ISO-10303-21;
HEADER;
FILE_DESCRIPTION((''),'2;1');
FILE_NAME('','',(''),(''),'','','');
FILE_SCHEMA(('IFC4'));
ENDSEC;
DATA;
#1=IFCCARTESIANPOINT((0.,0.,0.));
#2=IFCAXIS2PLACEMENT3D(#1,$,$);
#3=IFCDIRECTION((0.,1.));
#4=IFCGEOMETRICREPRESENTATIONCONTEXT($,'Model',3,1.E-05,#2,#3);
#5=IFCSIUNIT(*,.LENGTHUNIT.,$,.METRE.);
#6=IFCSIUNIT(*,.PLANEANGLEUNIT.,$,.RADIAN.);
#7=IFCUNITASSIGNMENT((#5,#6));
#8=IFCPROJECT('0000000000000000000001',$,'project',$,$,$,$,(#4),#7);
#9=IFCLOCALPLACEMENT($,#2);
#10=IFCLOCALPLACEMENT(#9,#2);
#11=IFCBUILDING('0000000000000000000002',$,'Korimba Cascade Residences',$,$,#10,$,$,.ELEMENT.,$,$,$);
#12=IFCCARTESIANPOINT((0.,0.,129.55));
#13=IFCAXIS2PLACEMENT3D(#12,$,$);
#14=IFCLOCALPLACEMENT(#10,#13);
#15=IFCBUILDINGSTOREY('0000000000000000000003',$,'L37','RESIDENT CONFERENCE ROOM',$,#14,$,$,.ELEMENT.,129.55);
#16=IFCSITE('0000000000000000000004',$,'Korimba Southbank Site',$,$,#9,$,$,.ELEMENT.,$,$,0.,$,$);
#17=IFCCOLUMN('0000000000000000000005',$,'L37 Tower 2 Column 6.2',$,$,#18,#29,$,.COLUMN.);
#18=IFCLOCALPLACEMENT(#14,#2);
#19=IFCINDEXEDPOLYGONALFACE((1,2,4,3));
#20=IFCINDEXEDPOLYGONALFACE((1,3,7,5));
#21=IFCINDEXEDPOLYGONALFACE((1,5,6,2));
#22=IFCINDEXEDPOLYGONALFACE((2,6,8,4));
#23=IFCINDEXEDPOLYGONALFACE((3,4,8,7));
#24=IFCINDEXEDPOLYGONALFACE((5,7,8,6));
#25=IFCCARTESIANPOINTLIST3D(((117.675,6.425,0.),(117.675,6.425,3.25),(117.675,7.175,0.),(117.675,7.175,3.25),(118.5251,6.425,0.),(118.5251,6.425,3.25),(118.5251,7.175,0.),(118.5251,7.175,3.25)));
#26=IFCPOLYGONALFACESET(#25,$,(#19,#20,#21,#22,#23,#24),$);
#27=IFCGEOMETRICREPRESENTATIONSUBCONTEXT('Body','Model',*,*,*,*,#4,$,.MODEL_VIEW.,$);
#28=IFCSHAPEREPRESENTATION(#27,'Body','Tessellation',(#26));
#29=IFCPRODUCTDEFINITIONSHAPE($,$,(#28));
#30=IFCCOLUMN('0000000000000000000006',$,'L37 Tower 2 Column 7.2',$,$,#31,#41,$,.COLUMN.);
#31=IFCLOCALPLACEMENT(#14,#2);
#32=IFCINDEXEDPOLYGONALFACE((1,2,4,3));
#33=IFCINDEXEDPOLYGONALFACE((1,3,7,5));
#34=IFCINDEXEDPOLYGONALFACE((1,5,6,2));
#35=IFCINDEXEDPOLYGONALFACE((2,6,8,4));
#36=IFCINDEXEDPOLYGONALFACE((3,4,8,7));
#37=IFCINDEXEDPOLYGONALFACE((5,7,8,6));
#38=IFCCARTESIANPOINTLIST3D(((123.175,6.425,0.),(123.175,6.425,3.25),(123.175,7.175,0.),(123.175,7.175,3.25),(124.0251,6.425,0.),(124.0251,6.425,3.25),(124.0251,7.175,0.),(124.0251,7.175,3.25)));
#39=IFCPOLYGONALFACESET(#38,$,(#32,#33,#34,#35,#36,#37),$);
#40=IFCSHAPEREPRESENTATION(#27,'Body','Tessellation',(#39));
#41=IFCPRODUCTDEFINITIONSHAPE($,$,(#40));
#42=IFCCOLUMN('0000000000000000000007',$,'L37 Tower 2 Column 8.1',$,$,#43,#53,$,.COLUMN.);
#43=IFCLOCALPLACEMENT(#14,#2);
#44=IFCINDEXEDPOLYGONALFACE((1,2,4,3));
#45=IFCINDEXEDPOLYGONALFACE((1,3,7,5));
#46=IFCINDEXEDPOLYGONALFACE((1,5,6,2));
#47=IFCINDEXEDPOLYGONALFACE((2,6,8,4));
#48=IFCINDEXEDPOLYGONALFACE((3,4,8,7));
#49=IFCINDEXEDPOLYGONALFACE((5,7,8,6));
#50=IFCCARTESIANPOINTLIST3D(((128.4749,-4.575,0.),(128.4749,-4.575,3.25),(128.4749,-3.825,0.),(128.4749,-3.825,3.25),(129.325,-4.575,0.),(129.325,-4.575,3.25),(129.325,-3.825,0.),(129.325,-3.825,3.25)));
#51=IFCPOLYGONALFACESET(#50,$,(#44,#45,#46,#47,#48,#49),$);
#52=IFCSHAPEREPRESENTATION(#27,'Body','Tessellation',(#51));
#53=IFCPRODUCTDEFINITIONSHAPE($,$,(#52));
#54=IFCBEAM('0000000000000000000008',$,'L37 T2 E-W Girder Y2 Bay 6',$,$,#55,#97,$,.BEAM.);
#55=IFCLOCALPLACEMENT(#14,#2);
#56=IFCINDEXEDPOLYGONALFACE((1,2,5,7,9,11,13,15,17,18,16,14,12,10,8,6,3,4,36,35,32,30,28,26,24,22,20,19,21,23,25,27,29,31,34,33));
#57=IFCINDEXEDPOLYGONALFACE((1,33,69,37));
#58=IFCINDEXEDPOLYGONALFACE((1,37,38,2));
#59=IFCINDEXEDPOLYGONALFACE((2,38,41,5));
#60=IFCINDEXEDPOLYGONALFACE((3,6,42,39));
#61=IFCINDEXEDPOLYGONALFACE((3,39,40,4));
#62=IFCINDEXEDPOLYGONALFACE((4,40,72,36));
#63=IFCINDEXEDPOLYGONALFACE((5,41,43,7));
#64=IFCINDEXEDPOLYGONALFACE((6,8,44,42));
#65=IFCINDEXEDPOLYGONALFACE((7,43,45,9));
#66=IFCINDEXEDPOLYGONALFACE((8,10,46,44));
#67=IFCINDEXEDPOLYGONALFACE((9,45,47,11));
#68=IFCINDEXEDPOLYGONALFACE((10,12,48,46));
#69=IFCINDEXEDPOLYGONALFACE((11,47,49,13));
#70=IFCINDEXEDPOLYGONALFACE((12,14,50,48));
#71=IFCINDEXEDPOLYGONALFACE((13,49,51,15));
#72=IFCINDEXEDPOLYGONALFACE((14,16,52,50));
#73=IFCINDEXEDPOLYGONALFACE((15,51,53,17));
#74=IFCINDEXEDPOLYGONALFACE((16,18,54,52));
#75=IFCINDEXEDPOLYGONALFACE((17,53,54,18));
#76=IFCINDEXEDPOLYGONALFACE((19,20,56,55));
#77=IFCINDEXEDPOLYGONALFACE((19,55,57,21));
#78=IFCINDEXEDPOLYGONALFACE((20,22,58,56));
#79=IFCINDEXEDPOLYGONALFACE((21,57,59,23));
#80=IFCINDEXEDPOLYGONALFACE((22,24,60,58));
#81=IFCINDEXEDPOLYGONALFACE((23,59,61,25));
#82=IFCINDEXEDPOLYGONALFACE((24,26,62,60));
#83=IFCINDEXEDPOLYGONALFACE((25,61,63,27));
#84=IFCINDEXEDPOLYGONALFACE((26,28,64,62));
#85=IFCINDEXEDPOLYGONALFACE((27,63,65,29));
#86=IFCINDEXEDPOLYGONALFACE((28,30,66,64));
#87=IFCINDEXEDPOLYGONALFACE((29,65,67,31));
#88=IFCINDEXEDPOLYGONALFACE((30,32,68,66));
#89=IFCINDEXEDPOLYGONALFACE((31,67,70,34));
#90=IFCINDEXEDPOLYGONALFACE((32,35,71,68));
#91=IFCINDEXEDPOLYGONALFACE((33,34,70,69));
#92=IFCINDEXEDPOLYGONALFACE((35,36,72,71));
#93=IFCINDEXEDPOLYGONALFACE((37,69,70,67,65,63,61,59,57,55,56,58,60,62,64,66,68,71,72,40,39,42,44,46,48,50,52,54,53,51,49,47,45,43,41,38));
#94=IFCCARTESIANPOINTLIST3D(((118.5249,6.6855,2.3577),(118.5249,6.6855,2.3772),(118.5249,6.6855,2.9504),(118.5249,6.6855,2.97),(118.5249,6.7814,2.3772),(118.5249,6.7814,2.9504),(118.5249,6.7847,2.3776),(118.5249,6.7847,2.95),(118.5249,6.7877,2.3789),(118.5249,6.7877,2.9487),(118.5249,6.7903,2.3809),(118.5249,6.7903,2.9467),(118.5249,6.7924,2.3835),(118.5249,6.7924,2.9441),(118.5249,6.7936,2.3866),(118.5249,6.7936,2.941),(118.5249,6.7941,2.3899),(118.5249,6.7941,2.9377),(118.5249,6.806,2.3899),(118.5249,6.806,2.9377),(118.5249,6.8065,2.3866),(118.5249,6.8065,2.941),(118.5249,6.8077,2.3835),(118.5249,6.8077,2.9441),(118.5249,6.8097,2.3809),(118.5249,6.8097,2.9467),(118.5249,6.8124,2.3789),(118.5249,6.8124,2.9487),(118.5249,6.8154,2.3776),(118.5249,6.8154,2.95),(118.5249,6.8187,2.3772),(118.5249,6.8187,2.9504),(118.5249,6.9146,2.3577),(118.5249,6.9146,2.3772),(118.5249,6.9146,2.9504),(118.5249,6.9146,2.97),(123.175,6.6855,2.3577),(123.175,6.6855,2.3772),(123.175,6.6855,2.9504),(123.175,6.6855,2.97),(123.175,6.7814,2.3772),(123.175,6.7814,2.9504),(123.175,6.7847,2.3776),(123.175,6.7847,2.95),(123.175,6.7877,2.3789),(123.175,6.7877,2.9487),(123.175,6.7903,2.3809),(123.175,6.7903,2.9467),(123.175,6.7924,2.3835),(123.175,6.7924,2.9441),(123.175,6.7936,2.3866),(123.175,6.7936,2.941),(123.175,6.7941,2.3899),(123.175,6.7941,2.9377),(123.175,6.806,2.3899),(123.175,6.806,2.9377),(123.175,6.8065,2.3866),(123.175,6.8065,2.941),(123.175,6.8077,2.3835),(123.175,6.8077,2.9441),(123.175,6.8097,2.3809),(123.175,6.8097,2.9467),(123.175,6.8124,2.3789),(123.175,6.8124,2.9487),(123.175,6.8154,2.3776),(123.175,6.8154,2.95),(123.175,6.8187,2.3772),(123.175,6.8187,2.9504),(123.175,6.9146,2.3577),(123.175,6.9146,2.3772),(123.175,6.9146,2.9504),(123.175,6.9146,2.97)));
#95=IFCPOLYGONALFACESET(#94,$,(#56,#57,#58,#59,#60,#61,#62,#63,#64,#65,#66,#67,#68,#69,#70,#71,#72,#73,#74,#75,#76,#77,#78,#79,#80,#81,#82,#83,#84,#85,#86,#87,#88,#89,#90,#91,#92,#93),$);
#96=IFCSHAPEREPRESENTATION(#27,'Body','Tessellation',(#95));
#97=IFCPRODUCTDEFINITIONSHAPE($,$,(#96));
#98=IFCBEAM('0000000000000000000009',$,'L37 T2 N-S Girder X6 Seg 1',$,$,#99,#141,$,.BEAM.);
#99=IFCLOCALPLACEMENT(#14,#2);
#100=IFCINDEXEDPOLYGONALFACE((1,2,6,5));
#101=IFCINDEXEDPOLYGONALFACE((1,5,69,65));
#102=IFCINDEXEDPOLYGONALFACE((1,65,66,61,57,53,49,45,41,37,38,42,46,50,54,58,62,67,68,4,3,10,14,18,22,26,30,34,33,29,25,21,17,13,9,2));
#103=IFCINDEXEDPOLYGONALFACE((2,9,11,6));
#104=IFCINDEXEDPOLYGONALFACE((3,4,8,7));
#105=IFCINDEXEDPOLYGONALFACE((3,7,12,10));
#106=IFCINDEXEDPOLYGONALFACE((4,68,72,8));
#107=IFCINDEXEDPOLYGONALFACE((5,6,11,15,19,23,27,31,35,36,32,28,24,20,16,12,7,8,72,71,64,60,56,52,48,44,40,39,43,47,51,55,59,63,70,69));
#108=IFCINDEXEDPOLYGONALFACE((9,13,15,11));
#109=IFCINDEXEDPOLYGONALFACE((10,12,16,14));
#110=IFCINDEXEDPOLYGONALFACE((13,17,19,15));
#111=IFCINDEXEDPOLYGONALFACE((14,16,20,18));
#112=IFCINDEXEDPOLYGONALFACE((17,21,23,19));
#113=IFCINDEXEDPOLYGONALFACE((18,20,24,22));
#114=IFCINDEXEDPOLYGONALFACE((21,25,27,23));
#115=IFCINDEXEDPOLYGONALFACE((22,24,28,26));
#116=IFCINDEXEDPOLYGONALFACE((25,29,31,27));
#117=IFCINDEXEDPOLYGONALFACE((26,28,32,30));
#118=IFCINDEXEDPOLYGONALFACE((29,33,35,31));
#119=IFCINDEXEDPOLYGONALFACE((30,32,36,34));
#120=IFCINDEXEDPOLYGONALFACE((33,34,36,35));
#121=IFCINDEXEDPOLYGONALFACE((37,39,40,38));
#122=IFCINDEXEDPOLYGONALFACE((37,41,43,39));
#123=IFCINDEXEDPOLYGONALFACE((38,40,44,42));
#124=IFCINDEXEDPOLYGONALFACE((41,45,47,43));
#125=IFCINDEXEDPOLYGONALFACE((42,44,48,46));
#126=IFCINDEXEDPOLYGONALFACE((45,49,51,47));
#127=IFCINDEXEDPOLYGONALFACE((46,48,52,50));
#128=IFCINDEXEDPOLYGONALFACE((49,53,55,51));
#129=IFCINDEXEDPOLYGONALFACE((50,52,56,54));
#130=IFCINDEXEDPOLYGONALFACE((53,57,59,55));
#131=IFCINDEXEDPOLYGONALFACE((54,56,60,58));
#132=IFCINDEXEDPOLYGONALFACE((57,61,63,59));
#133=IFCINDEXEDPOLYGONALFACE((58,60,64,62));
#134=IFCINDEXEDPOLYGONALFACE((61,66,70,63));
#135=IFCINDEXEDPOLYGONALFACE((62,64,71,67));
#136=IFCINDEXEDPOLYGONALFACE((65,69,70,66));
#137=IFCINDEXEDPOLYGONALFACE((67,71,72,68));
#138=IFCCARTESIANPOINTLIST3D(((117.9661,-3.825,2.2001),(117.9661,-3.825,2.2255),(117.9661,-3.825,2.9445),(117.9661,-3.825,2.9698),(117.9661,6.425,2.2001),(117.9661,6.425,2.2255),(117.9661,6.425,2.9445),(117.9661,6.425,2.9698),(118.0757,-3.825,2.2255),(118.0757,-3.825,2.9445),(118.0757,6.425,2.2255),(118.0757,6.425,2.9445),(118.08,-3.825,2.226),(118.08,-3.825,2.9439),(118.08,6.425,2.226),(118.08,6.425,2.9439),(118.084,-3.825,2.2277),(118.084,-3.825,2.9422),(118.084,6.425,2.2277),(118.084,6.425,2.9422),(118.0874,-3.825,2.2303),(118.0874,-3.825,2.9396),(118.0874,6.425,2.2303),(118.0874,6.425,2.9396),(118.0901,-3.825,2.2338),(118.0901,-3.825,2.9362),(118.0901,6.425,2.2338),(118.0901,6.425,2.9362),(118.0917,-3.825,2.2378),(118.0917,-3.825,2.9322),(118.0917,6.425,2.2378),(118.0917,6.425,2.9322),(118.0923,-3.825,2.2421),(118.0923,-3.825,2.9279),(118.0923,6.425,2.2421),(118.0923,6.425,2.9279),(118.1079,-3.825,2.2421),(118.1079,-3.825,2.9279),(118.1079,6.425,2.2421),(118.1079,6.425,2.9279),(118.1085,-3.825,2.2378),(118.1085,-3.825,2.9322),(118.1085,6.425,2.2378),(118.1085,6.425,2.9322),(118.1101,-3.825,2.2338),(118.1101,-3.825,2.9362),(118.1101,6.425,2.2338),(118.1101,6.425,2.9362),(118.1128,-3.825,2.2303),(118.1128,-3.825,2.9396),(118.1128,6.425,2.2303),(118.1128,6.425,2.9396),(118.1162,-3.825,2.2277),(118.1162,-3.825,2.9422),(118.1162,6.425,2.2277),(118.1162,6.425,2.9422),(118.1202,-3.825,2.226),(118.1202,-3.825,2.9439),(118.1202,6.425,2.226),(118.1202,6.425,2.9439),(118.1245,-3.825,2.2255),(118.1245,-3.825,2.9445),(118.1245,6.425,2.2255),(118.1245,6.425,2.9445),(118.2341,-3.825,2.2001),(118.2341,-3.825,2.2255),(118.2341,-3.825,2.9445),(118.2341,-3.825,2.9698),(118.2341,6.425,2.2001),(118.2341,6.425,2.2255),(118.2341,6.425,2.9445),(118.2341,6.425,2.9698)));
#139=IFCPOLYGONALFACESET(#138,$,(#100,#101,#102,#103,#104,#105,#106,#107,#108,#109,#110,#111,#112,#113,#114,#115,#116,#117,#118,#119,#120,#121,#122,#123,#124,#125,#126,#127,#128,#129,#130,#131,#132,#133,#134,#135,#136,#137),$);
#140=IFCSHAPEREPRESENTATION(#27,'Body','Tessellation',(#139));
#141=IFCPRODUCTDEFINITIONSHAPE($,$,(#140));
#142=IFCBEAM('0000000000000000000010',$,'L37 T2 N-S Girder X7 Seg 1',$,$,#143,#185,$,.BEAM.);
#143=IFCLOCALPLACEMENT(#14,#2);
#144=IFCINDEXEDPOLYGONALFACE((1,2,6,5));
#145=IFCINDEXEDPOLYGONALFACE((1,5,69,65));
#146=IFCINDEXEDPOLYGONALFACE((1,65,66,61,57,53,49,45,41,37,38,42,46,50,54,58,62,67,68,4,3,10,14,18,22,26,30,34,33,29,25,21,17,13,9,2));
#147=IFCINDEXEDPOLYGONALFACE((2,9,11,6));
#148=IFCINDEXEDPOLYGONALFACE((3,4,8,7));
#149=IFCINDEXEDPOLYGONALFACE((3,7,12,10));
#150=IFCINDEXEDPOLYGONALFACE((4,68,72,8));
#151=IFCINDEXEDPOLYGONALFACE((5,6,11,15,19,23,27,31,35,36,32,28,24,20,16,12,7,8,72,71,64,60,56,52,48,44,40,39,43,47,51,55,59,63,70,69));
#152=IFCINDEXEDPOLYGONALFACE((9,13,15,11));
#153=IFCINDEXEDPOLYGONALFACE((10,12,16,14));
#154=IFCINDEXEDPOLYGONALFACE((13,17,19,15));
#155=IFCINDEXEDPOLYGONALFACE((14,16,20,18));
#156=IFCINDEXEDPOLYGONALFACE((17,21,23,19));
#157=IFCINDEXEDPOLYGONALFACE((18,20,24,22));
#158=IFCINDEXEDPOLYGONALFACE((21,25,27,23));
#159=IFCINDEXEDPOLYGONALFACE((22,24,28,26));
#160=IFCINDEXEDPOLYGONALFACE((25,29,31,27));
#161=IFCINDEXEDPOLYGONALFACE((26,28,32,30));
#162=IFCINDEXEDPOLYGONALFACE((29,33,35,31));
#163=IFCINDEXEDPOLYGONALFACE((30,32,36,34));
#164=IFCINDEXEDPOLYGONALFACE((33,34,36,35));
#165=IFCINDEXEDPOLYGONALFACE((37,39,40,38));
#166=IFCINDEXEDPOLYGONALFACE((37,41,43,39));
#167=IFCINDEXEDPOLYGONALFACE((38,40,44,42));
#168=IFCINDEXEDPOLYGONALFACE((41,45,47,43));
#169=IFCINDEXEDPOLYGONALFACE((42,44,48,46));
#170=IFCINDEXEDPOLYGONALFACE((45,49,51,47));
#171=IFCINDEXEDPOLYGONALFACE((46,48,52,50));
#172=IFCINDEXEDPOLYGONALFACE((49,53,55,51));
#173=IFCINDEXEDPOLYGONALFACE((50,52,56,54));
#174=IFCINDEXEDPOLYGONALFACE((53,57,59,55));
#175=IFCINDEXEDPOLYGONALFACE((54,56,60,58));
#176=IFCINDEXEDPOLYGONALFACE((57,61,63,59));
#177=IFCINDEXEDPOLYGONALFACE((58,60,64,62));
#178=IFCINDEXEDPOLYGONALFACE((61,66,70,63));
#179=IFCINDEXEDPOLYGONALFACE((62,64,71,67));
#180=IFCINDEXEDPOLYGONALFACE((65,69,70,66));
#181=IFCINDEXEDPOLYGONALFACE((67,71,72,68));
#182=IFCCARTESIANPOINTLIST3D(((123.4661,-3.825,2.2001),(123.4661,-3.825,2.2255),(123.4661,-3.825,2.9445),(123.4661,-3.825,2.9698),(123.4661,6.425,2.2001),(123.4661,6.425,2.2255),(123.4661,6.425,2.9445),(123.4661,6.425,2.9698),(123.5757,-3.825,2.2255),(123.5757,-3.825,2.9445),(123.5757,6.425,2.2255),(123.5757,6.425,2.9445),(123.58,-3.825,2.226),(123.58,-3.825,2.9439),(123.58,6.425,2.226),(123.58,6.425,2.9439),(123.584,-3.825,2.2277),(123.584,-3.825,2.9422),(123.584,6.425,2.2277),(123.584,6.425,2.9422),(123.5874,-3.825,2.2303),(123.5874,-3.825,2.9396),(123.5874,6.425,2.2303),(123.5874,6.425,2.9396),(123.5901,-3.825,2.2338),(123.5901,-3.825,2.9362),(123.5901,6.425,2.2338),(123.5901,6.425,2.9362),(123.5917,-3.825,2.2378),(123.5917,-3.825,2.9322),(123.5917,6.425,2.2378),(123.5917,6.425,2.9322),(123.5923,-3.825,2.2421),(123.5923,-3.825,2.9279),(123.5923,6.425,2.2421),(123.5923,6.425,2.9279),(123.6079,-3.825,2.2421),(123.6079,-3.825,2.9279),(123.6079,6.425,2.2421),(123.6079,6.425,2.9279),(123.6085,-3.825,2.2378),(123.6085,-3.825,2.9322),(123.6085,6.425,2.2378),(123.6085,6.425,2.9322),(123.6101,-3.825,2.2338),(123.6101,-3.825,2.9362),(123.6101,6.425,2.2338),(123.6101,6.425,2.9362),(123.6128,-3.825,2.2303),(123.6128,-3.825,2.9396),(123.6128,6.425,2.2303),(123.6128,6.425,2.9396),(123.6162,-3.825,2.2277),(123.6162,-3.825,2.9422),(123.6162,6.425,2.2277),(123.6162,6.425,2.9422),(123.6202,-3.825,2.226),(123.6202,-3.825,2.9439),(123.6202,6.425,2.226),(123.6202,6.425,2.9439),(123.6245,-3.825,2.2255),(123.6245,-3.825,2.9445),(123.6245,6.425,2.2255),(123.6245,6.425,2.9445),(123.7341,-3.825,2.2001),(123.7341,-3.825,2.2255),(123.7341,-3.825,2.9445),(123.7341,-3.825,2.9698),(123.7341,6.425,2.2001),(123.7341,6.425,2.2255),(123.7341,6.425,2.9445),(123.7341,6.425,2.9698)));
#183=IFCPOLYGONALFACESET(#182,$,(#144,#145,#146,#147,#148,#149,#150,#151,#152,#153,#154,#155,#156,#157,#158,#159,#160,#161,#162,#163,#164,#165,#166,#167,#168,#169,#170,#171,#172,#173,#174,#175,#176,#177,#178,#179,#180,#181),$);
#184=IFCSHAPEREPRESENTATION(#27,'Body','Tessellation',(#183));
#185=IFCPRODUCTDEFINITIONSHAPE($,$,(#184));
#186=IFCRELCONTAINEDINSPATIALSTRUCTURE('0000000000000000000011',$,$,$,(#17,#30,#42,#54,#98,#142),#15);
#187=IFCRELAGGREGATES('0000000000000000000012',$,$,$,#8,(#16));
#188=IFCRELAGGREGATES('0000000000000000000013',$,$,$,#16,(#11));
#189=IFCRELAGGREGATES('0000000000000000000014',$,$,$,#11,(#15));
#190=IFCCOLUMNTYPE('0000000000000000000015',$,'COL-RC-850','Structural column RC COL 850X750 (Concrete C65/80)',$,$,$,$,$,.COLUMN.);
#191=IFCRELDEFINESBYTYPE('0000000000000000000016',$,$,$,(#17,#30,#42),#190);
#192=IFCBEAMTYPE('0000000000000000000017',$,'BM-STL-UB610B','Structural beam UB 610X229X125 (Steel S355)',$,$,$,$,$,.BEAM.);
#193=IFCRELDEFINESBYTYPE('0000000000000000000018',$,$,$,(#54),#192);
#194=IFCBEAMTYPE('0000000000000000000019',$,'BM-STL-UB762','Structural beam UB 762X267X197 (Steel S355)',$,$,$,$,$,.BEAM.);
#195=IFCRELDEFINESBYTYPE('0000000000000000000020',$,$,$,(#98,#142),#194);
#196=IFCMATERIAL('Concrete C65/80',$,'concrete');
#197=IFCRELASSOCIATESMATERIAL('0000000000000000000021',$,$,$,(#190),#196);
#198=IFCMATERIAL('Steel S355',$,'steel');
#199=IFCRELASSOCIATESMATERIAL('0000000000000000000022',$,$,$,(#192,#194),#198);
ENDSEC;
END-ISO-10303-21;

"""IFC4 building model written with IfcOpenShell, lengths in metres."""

from ifc_helpers import new_model, si_unit, direction, frame, origin, origin_2d, place, context, subcontext, project, spatial, rectangle, i_section, extrude, material, material_profile, profile_set, type_object, element, save


model = new_model("IFC4")

# Units and contexts
model_context = context("Model", 3, precision=1e-05, world=origin(), true_north=direction((0.0, 1.0)))
body_context = subcontext(model_context, "Body", "Model", "MODEL_VIEW")
ifc_project = project(units=[si_unit("LENGTHUNIT", "METRE"), si_unit("PLANEANGLEUNIT", "RADIAN")], contexts=[model_context])

# Site, building, storey
site_placement = place(None, origin())
site = spatial("IfcSite", under=ifc_project, at=site_placement, Name="Korimba Southbank Site", CompositionType="ELEMENT", RefElevation=0.0)
building_placement = place(site_placement, origin())
building = spatial("IfcBuilding", under=site, at=building_placement, Name="Korimba Cascade Residences", CompositionType="ELEMENT")
storey_placement = place(building_placement, frame((0.0, 0.0, 129.55)))
storey = spatial("IfcBuildingStorey", under=building, at=storey_placement, Name="L37", Description="RESIDENT CONFERENCE ROOM", CompositionType="ELEMENT", Elevation=129.55)

# Columns
ifc_material_1 = material(Name="Concrete C65/80", Category="concrete")
ifc_material_profile_1 = material_profile(ifc_material_1, rectangle(XDim=0.8501, YDim=0.75, at=origin_2d()), Name="Concrete C65/80")
ifc_profile_set_1 = profile_set([ifc_material_profile_1], Name="Concrete C65/80")
column_type = type_object("IfcColumnType", Name="COL-RC-850", Description="Structural column RC COL 850X750 (Concrete C65/80)", PredefinedType="COLUMN", material=ifc_profile_set_1)
for number, where, z_axis, x_axis, name in (
    (1, (118.1001, 6.8, 0.0), (0.0, 0.0, 1.0), (1.0, 0.0, 0.0), "L37 Tower 2 Column 6.2"),
    (2, (123.6001, 6.8, 0.0), (0.0, 0.0, 1.0), (1.0, 0.0, 0.0), "L37 Tower 2 Column 7.2"),
    (3, (128.8999, -4.2, 0.0), (0.0, 0.0, 1.0), (1.0, 0.0, 0.0), "L37 Tower 2 Column 8.1"),
):
    element("IfcColumn", number, at=place(storey_placement, frame(where, z_axis=z_axis, x_axis=x_axis)), inside=storey, type_object=column_type, Name=name, PredefinedType="COLUMN", context=body_context, shape_type="SweptSolid", body=[
        extrude(rectangle(XDim=0.8501, YDim=0.75, at=origin_2d()), origin(), (0.0, 0.0, 1.0), 3.25),
    ])

# Beams
ifc_material_2 = material(Name="Steel S355", Category="steel")
ifc_material_profile_2 = material_profile(ifc_material_2, i_section(OverallWidth=0.229, OverallDepth=0.6123, WebThickness=0.012, FlangeThickness=0.0195, FilletRadius=0.0127, at=origin_2d()), Name="Steel S355")
ifc_profile_set_2 = profile_set([ifc_material_profile_2], Name="Steel S355")
beam_type_1 = type_object("IfcBeamType", Name="BM-STL-UB610B", Description="Structural beam UB 610X229X125 (Steel S355)", PredefinedType="BEAM", material=ifc_profile_set_2)
beam_placement = place(storey_placement, frame((118.5249, 6.8, 2.6638), z_axis=(1.0, 0.0, 0.0), x_axis=(0.0, 1.0, 0.0)))
element("IfcBeam", 4, at=beam_placement, inside=storey, type_object=beam_type_1, Name="L37 T2 E-W Girder Y2 Bay 6", PredefinedType="BEAM", context=body_context, shape_type="SweptSolid", body=[
    extrude(i_section(OverallWidth=0.229, OverallDepth=0.6123, WebThickness=0.012, FlangeThickness=0.0195, FilletRadius=0.0127, at=origin_2d()), origin(), (0.0, 0.0, 1.0), 4.6501),
])
ifc_material_profile_3 = material_profile(ifc_material_2, i_section(OverallWidth=0.2681, OverallDepth=0.7698, WebThickness=0.0156, FlangeThickness=0.0254, FilletRadius=0.0166, at=origin_2d()), Name="Steel S355")
ifc_profile_set_3 = profile_set([ifc_material_profile_3], Name="Steel S355")
beam_type_2 = type_object("IfcBeamType", Name="BM-STL-UB762", Description="Structural beam UB 762X267X197 (Steel S355)", PredefinedType="BEAM", material=ifc_profile_set_3)
for number, where, z_axis, x_axis, name in (
    (5, (118.1001, -3.825, 2.585), (0.0, 1.0, 0.0), (-1.0, 0.0, 0.0), "L37 T2 N-S Girder X6 Seg 1"),
    (6, (123.6001, -3.825, 2.585), (0.0, 1.0, 0.0), (-1.0, 0.0, 0.0), "L37 T2 N-S Girder X7 Seg 1"),
):
    element("IfcBeam", number, at=place(storey_placement, frame(where, z_axis=z_axis, x_axis=x_axis)), inside=storey, type_object=beam_type_2, Name=name, PredefinedType="BEAM", context=body_context, shape_type="SweptSolid", body=[
        extrude(i_section(OverallWidth=0.2681, OverallDepth=0.7698, WebThickness=0.0156, FlangeThickness=0.0254, FilletRadius=0.0166, at=origin_2d()), origin(), (0.0, 0.0, 1.0), 10.25),
    ])

save(model, "model.ifc")
